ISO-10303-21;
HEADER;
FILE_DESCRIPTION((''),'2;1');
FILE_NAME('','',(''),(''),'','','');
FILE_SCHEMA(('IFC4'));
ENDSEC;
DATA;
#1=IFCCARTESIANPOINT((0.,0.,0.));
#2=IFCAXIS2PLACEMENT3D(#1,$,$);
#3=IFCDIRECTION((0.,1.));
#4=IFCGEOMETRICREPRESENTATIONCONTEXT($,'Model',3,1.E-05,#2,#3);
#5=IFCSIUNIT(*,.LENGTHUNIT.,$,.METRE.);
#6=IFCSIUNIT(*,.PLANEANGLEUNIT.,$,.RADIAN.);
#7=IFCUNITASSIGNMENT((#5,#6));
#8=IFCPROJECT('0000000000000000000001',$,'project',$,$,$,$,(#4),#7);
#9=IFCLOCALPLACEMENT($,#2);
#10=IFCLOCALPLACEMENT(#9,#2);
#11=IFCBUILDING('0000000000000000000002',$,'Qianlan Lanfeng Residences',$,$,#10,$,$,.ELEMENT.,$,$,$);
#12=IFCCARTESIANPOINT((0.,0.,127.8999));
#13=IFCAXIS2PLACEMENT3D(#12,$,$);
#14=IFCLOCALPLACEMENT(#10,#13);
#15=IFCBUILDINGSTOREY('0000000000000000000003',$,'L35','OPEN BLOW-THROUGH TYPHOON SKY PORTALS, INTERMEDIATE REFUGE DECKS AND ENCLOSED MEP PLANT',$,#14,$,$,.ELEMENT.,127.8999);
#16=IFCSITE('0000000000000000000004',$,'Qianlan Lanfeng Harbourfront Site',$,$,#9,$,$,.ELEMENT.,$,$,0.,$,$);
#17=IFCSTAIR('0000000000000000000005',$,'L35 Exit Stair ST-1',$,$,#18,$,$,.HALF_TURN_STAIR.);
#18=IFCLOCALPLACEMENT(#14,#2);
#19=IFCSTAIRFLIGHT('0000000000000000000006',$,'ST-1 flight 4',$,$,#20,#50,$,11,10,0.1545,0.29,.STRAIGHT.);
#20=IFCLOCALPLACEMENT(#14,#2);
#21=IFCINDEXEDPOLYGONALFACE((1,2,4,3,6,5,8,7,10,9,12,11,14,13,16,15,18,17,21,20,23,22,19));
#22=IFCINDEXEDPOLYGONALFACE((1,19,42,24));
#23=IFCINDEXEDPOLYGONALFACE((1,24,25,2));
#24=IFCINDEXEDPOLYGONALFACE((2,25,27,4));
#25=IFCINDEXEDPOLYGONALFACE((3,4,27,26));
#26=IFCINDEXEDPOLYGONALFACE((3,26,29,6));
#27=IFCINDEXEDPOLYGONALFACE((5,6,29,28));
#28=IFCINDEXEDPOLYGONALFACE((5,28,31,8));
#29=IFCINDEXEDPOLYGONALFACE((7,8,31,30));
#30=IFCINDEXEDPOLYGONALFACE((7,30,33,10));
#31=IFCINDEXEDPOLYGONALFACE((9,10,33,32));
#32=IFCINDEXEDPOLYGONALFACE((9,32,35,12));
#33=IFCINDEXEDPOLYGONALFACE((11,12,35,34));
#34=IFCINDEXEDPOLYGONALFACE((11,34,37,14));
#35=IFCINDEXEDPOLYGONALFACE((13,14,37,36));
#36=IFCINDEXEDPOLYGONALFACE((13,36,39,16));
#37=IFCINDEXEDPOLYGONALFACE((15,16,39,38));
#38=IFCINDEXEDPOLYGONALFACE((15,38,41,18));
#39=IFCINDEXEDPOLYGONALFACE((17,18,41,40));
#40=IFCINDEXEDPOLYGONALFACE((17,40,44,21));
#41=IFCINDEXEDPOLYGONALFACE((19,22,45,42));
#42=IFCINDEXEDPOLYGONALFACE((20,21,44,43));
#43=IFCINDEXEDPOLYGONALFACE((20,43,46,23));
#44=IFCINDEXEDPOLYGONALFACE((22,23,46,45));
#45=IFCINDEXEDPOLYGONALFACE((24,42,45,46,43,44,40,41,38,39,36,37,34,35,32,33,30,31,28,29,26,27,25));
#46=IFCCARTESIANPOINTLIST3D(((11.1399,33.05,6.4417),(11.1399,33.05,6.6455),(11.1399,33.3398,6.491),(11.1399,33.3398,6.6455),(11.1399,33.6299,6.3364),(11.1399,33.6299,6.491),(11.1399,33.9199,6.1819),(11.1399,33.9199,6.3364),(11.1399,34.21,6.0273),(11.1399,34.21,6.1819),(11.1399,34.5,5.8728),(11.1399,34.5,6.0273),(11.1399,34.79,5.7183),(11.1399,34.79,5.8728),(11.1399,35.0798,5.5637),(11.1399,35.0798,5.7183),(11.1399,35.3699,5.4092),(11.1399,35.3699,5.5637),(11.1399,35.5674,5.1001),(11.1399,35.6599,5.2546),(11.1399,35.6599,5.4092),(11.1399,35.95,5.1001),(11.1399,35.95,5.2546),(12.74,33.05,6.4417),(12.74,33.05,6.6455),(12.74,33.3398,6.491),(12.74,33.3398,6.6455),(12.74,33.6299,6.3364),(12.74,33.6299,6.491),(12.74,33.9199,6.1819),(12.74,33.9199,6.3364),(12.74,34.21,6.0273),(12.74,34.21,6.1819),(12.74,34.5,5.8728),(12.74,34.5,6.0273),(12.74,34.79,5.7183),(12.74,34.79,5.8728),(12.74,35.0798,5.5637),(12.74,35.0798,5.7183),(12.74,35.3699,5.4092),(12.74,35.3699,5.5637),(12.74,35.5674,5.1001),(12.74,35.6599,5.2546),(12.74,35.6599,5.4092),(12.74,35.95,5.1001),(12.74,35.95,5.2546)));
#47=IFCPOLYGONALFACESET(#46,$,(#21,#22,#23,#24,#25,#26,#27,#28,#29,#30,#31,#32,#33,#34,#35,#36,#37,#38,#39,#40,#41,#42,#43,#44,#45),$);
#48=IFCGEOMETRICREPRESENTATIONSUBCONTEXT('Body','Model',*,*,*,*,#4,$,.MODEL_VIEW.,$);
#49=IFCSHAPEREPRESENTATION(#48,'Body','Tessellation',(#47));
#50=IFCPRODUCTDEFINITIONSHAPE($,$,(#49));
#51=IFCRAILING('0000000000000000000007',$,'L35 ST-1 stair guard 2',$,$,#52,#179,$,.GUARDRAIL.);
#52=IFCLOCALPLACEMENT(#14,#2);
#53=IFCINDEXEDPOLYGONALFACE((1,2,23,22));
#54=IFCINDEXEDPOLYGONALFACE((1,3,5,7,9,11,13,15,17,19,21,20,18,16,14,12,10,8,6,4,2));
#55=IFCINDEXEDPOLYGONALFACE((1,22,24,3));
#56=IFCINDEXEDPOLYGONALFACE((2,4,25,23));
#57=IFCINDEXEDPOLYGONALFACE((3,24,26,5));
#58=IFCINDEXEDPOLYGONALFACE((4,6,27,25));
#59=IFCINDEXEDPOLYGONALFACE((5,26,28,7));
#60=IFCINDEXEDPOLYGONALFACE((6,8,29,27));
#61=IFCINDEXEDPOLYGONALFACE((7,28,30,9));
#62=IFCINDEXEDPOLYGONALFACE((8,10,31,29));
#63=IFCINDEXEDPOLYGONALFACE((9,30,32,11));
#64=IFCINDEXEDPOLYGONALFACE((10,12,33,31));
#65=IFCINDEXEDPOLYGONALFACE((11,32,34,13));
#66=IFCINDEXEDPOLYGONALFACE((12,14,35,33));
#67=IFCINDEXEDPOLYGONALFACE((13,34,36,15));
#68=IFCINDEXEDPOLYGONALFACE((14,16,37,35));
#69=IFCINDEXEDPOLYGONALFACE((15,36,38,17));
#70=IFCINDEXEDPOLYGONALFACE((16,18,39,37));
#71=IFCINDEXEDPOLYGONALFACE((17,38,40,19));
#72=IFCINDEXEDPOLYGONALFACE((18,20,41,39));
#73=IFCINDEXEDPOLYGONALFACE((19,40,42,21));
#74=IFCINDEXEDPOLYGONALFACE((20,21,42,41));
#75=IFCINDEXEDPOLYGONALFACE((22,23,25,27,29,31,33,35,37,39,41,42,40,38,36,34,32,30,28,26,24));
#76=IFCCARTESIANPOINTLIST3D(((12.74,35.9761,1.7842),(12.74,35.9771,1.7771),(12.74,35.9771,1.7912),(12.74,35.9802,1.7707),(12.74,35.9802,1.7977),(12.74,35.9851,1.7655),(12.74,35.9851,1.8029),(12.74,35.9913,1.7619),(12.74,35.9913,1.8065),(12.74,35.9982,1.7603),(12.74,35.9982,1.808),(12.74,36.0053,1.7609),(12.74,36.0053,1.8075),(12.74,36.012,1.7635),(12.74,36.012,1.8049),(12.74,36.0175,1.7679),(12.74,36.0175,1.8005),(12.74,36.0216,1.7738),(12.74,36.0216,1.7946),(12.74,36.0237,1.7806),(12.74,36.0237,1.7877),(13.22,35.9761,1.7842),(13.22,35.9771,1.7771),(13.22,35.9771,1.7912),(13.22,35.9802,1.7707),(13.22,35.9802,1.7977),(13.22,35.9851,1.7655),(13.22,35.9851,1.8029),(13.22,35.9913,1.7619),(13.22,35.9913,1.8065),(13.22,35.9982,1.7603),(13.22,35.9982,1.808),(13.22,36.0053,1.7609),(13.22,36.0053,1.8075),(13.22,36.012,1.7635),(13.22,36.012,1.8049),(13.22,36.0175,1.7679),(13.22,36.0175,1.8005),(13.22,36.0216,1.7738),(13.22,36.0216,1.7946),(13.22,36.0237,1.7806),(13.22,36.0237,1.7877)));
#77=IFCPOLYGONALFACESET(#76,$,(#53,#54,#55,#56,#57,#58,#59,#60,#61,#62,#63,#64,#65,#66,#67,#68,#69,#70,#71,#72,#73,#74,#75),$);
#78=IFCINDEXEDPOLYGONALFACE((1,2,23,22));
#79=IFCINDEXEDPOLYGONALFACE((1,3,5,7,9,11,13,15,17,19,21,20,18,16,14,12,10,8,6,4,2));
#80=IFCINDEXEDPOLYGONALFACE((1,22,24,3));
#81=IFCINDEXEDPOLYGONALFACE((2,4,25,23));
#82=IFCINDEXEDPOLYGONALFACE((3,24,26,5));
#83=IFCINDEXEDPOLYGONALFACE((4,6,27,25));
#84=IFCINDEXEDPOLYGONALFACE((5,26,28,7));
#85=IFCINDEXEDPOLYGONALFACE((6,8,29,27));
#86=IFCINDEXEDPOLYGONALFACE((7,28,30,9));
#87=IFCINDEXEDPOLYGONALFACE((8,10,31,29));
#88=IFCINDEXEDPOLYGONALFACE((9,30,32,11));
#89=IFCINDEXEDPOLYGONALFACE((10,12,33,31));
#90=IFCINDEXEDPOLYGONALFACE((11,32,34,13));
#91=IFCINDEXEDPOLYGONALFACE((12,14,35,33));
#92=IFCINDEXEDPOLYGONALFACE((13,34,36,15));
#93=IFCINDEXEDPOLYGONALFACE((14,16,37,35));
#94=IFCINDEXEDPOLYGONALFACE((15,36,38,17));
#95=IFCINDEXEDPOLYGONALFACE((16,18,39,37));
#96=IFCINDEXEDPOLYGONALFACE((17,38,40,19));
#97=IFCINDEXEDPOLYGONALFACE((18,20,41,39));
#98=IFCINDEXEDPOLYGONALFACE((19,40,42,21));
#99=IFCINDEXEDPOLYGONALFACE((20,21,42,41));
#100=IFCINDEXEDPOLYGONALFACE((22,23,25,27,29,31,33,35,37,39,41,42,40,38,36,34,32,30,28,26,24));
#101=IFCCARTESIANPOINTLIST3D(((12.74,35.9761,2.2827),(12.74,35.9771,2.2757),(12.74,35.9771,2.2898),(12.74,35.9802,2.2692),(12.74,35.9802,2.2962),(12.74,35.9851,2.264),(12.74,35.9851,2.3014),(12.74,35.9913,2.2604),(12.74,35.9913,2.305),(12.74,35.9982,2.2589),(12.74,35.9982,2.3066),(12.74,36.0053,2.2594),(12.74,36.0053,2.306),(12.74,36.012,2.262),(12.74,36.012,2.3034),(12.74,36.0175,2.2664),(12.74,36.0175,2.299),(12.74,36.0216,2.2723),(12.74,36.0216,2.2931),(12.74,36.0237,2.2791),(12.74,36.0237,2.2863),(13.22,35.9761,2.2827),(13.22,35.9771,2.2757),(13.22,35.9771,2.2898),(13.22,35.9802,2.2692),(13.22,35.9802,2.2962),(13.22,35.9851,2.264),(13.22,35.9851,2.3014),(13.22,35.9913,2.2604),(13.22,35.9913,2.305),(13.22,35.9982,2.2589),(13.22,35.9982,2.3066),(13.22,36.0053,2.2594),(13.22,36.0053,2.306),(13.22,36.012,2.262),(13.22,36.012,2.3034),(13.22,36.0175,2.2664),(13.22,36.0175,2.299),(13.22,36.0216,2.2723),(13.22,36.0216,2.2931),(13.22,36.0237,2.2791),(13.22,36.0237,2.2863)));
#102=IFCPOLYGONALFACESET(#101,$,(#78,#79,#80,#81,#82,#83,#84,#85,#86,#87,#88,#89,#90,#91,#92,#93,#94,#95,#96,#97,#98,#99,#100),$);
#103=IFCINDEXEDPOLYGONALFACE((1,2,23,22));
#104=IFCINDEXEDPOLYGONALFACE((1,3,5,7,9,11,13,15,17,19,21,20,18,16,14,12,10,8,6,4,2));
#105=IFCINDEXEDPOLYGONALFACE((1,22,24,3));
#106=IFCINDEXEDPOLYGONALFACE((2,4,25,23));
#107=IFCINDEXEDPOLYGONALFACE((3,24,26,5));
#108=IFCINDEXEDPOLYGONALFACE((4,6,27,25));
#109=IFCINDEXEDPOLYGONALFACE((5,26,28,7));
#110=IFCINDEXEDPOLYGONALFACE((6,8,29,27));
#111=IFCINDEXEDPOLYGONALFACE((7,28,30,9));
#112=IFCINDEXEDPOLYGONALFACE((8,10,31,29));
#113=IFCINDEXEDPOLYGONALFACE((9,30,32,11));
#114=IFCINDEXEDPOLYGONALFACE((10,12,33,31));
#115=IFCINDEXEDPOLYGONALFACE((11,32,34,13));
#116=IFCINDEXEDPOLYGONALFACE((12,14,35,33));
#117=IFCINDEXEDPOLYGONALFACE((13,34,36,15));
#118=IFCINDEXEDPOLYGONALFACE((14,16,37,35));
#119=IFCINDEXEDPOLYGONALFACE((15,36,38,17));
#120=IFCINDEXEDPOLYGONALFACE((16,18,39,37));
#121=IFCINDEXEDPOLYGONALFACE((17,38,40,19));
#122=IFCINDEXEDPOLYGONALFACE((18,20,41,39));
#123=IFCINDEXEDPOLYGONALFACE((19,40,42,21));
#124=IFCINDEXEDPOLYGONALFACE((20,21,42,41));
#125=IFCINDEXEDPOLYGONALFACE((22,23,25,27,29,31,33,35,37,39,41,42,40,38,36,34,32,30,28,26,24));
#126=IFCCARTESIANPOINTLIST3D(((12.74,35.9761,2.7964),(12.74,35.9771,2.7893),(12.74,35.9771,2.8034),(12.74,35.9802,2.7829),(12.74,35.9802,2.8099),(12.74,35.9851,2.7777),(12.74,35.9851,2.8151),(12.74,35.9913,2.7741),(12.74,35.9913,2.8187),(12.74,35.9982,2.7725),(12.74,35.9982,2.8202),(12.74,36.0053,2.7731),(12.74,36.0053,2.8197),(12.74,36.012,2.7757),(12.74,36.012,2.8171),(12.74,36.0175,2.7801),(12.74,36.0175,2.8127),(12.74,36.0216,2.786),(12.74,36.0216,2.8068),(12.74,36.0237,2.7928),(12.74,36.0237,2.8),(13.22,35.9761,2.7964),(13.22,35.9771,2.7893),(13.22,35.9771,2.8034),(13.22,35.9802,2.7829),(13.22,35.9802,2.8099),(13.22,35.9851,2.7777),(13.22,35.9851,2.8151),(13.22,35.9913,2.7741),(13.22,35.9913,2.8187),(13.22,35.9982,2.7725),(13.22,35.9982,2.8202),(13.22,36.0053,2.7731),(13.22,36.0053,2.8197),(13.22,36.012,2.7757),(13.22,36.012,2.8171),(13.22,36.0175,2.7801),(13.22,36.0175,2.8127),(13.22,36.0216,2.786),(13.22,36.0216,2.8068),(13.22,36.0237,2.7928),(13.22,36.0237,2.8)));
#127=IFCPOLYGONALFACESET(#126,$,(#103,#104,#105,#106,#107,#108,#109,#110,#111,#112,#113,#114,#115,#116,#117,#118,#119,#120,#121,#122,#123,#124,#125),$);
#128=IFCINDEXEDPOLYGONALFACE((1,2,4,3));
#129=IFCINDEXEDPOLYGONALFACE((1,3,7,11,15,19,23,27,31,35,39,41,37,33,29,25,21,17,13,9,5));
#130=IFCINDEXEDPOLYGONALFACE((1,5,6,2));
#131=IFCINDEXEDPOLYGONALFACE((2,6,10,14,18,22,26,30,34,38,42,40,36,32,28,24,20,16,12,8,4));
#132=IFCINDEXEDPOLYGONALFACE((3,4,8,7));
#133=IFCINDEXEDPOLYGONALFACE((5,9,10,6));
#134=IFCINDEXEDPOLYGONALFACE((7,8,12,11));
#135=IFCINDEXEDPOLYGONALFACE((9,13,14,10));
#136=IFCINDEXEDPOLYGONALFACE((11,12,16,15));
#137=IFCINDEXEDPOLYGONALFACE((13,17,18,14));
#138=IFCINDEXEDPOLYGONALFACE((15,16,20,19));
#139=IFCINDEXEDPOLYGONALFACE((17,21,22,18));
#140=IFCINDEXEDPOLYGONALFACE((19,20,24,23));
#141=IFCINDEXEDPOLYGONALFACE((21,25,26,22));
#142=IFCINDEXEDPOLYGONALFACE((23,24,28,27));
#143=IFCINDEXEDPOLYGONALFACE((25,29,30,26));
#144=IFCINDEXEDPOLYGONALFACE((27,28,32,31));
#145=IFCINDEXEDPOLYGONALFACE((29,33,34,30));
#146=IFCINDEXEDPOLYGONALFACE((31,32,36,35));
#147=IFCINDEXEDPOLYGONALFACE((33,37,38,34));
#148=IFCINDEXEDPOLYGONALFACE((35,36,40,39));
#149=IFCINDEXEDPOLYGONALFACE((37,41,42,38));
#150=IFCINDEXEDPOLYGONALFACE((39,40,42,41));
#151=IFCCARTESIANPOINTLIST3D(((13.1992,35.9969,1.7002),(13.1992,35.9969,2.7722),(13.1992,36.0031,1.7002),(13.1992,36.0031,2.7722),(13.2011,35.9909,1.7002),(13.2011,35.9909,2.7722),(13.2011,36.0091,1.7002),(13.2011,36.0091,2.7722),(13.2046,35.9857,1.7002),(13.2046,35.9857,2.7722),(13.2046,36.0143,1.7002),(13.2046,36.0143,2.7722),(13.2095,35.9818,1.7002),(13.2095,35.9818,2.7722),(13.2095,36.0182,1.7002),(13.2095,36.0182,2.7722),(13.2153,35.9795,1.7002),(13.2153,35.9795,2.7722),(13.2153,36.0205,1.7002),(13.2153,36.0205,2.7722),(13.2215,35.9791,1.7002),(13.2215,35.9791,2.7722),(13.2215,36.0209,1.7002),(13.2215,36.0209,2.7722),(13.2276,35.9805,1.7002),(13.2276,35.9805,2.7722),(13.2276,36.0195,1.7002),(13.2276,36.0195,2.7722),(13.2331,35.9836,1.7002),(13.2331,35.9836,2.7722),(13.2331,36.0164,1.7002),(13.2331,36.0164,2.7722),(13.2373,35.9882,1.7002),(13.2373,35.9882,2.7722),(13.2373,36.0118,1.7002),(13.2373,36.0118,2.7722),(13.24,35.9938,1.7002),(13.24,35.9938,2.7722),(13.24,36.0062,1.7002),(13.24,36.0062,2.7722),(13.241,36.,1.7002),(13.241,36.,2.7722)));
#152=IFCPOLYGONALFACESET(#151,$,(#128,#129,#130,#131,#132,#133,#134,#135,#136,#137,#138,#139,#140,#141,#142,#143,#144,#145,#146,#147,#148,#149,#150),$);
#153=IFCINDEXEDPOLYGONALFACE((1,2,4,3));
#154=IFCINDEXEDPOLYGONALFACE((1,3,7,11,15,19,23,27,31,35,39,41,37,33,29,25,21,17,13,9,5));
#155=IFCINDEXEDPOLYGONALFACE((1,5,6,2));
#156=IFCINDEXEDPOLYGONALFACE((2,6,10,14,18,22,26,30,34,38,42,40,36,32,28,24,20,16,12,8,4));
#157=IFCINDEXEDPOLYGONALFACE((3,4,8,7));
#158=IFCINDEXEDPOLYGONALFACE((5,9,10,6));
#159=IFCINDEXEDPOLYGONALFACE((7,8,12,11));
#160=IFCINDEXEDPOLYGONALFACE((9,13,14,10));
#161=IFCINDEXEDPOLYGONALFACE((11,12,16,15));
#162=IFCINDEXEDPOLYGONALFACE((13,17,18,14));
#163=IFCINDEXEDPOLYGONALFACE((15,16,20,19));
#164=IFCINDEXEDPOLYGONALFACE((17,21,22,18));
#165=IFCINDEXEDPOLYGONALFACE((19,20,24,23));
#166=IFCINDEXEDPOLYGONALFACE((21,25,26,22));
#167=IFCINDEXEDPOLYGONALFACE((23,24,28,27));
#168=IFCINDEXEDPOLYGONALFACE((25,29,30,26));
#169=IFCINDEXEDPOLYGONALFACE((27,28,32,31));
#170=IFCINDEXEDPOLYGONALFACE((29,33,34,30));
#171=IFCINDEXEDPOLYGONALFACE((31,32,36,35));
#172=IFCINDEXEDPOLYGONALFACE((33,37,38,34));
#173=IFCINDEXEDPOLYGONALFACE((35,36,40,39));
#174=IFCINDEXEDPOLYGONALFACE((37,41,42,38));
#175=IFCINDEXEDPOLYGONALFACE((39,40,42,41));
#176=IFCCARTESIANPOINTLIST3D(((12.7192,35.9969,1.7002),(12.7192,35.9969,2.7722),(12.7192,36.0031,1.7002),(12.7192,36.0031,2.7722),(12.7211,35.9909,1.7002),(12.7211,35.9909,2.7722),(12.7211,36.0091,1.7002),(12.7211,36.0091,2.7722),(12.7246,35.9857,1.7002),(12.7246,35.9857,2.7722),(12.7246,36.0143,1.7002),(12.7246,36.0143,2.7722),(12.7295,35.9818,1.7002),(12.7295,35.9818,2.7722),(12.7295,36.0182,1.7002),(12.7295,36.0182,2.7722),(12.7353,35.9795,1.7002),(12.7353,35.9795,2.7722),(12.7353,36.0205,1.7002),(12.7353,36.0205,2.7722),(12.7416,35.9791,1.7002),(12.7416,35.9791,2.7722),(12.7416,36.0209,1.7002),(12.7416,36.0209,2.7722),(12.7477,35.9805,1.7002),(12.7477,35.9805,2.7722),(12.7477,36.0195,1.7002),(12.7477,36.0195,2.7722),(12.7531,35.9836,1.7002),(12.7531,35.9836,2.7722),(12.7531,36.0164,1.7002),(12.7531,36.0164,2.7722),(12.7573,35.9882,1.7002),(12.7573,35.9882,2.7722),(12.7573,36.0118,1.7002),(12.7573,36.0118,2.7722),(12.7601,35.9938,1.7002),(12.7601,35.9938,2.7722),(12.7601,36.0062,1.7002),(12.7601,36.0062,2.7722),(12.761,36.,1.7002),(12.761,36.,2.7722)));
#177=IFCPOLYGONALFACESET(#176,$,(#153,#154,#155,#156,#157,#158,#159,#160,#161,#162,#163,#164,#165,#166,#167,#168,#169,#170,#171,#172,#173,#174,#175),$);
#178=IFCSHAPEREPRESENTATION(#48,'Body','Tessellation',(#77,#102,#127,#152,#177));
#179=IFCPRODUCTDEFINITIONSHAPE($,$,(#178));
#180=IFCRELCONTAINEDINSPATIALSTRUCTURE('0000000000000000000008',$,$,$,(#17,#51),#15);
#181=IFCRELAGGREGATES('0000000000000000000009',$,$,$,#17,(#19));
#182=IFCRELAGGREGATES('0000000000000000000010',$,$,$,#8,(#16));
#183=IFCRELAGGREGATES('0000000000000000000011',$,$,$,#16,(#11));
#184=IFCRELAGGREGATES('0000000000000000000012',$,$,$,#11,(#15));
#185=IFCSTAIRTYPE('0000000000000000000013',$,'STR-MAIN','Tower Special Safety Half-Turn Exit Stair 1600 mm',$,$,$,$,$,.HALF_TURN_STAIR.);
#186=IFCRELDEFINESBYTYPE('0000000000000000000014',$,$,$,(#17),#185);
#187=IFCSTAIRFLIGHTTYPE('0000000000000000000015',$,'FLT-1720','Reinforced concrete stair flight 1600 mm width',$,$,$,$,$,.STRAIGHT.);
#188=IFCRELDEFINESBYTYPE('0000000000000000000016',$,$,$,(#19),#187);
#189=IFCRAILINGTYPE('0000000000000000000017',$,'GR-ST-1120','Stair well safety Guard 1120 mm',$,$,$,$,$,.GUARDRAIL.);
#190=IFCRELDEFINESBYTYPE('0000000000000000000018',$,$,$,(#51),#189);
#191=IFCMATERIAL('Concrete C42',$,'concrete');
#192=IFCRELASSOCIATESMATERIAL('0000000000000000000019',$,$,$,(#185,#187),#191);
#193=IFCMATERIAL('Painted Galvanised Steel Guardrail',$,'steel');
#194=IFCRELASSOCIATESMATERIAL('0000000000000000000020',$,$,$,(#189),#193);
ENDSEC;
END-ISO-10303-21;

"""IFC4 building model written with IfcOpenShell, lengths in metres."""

from ifc_helpers import new_model, si_unit, direction, frame, origin, origin_2d, place, context, subcontext, project, spatial, polyline, circle, outline, extrude, material, type_object, element, aggregate, save


model = new_model("IFC4")

# Units and contexts
model_context = context("Model", 3, precision=1e-05, world=origin(), true_north=direction((0.0, 1.0)))
body_context = subcontext(model_context, "Body", "Model", "MODEL_VIEW")
ifc_project = project(units=[si_unit("LENGTHUNIT", "METRE"), si_unit("PLANEANGLEUNIT", "RADIAN")], contexts=[model_context])

# Site, building, storey
site_placement = place(None, origin())
site = spatial("IfcSite", under=ifc_project, at=site_placement, Name="Qianlan Lanfeng Harbourfront Site", CompositionType="ELEMENT", RefElevation=0.0)
building_placement = place(site_placement, origin())
building = spatial("IfcBuilding", under=site, at=building_placement, Name="Qianlan Lanfeng Residences", CompositionType="ELEMENT")
storey_placement = place(building_placement, frame((0.0, 0.0, 127.8999)))
storey = spatial("IfcBuildingStorey", under=building, at=storey_placement, Name="L35", Description="OPEN BLOW-THROUGH TYPHOON SKY PORTALS, INTERMEDIATE REFUGE DECKS AND ENCLOSED MEP PLANT", CompositionType="ELEMENT", Elevation=127.8999)

# Stair, stair flight
ifc_material_1 = material(Name="Concrete C42", Category="concrete")
stair_type = type_object("IfcStairType", Name="STR-MAIN", Description="Tower Special Safety Half-Turn Exit Stair 1600 mm", PredefinedType="HALF_TURN_STAIR", material=ifc_material_1)
stair_placement = place(storey_placement, origin())
stair = element("IfcStair", 1, at=stair_placement, inside=storey, type_object=stair_type, Name="L35 Exit Stair ST-1", PredefinedType="HALF_TURN_STAIR")
stair_flight_type = type_object("IfcStairFlightType", Name="FLT-1720", Description="Reinforced concrete stair flight 1600 mm width", PredefinedType="STRAIGHT", material=ifc_material_1)
stair_flight_1_placement = place(storey_placement, frame((11.9399, 35.95, 5.1001), z_axis=(0.0, 0.0, 1.0), x_axis=(0.0, -1.0, 0.0)))
stair_flight_1 = element("IfcStairFlight", 2, at=stair_flight_1_placement, type_object=stair_flight_type, Name="ST-1 flight 4", NumberOfRisers=11, NumberOfTreads=10, PredefinedType="STRAIGHT", RiserHeight=0.1545, TreadLength=0.29, context=body_context, shape_type="SweptSolid", body=[
    extrude(outline(polyline([(0.0, 0.0), (0.0, 0.1545), (0.29, 0.1545), (0.29, 0.3091), (0.5801, 0.3091), (0.5801, 0.4636), (0.8701, 0.4636), (0.8701, 0.6182), (1.1599, 0.6182), (1.1599, 0.7727), (1.45, 0.7727), (1.45, 0.9272), (1.74, 0.9272), (1.74, 1.0818), (2.03, 1.0818), (2.03, 1.2363), (2.3201, 1.2363), (2.3201, 1.3909), (2.6101, 1.3909), (2.6101, 1.5454), (2.8999, 1.5454), (2.8999, 1.7), (2.8999, 1.3416), (0.3826, 0.0), (0.0, 0.0)])), frame((0.0, 0.8, 0.0), z_axis=(0.0, -1.0, 0.0), x_axis=(1.0, 0.0, 0.0)), (0.0, 0.0, 1.0), 1.6001),
])
aggregate(stair, [stair_flight_1])

# Railing
ifc_material_2 = material(Name="Painted Galvanised Steel Guardrail", Category="steel")
railing_type_1 = type_object("IfcRailingType", Name="GR-ST-1120", Description="Stair well safety Guard 1120 mm", PredefinedType="GUARDRAIL", material=ifc_material_2)
railing_1_placement = place(storey_placement, frame((13.22, 36.0, 1.7002)))
element("IfcRailing", 3, at=railing_1_placement, inside=storey, type_object=railing_type_1, Name="L35 ST-1 stair guard 2", PredefinedType="GUARDRAIL", context=body_context, shape_type="SweptSolid", body=[
    extrude(circle(Radius=0.0239, at=origin_2d()), frame((0.0, 0.0, 0.084), z_axis=(-1.0, 0.0, 0.0), x_axis=(0.0, -1.0, 0.0)), (0.0, 0.0, 1.0), 0.48),
    extrude(circle(Radius=0.0239, at=origin_2d()), frame((0.0, 0.0, 0.5825), z_axis=(-1.0, 0.0, 0.0), x_axis=(0.0, -1.0, 0.0)), (0.0, 0.0, 1.0), 0.48),
    extrude(circle(Radius=0.0239, at=origin_2d()), frame((0.0, 0.0, 1.0962), z_axis=(-1.0, 0.0, 0.0), x_axis=(0.0, -1.0, 0.0)), (0.0, 0.0, 1.0), 0.48),
    extrude(circle(Radius=0.021, at=origin_2d()), origin(), (0.0, 0.0, 1.0), 1.072),
    extrude(circle(Radius=0.021, at=origin_2d()), frame((-0.48, 0.0, 0.0)), (0.0, 0.0, 1.0), 1.072),
])

save(model, "model.ifc")
